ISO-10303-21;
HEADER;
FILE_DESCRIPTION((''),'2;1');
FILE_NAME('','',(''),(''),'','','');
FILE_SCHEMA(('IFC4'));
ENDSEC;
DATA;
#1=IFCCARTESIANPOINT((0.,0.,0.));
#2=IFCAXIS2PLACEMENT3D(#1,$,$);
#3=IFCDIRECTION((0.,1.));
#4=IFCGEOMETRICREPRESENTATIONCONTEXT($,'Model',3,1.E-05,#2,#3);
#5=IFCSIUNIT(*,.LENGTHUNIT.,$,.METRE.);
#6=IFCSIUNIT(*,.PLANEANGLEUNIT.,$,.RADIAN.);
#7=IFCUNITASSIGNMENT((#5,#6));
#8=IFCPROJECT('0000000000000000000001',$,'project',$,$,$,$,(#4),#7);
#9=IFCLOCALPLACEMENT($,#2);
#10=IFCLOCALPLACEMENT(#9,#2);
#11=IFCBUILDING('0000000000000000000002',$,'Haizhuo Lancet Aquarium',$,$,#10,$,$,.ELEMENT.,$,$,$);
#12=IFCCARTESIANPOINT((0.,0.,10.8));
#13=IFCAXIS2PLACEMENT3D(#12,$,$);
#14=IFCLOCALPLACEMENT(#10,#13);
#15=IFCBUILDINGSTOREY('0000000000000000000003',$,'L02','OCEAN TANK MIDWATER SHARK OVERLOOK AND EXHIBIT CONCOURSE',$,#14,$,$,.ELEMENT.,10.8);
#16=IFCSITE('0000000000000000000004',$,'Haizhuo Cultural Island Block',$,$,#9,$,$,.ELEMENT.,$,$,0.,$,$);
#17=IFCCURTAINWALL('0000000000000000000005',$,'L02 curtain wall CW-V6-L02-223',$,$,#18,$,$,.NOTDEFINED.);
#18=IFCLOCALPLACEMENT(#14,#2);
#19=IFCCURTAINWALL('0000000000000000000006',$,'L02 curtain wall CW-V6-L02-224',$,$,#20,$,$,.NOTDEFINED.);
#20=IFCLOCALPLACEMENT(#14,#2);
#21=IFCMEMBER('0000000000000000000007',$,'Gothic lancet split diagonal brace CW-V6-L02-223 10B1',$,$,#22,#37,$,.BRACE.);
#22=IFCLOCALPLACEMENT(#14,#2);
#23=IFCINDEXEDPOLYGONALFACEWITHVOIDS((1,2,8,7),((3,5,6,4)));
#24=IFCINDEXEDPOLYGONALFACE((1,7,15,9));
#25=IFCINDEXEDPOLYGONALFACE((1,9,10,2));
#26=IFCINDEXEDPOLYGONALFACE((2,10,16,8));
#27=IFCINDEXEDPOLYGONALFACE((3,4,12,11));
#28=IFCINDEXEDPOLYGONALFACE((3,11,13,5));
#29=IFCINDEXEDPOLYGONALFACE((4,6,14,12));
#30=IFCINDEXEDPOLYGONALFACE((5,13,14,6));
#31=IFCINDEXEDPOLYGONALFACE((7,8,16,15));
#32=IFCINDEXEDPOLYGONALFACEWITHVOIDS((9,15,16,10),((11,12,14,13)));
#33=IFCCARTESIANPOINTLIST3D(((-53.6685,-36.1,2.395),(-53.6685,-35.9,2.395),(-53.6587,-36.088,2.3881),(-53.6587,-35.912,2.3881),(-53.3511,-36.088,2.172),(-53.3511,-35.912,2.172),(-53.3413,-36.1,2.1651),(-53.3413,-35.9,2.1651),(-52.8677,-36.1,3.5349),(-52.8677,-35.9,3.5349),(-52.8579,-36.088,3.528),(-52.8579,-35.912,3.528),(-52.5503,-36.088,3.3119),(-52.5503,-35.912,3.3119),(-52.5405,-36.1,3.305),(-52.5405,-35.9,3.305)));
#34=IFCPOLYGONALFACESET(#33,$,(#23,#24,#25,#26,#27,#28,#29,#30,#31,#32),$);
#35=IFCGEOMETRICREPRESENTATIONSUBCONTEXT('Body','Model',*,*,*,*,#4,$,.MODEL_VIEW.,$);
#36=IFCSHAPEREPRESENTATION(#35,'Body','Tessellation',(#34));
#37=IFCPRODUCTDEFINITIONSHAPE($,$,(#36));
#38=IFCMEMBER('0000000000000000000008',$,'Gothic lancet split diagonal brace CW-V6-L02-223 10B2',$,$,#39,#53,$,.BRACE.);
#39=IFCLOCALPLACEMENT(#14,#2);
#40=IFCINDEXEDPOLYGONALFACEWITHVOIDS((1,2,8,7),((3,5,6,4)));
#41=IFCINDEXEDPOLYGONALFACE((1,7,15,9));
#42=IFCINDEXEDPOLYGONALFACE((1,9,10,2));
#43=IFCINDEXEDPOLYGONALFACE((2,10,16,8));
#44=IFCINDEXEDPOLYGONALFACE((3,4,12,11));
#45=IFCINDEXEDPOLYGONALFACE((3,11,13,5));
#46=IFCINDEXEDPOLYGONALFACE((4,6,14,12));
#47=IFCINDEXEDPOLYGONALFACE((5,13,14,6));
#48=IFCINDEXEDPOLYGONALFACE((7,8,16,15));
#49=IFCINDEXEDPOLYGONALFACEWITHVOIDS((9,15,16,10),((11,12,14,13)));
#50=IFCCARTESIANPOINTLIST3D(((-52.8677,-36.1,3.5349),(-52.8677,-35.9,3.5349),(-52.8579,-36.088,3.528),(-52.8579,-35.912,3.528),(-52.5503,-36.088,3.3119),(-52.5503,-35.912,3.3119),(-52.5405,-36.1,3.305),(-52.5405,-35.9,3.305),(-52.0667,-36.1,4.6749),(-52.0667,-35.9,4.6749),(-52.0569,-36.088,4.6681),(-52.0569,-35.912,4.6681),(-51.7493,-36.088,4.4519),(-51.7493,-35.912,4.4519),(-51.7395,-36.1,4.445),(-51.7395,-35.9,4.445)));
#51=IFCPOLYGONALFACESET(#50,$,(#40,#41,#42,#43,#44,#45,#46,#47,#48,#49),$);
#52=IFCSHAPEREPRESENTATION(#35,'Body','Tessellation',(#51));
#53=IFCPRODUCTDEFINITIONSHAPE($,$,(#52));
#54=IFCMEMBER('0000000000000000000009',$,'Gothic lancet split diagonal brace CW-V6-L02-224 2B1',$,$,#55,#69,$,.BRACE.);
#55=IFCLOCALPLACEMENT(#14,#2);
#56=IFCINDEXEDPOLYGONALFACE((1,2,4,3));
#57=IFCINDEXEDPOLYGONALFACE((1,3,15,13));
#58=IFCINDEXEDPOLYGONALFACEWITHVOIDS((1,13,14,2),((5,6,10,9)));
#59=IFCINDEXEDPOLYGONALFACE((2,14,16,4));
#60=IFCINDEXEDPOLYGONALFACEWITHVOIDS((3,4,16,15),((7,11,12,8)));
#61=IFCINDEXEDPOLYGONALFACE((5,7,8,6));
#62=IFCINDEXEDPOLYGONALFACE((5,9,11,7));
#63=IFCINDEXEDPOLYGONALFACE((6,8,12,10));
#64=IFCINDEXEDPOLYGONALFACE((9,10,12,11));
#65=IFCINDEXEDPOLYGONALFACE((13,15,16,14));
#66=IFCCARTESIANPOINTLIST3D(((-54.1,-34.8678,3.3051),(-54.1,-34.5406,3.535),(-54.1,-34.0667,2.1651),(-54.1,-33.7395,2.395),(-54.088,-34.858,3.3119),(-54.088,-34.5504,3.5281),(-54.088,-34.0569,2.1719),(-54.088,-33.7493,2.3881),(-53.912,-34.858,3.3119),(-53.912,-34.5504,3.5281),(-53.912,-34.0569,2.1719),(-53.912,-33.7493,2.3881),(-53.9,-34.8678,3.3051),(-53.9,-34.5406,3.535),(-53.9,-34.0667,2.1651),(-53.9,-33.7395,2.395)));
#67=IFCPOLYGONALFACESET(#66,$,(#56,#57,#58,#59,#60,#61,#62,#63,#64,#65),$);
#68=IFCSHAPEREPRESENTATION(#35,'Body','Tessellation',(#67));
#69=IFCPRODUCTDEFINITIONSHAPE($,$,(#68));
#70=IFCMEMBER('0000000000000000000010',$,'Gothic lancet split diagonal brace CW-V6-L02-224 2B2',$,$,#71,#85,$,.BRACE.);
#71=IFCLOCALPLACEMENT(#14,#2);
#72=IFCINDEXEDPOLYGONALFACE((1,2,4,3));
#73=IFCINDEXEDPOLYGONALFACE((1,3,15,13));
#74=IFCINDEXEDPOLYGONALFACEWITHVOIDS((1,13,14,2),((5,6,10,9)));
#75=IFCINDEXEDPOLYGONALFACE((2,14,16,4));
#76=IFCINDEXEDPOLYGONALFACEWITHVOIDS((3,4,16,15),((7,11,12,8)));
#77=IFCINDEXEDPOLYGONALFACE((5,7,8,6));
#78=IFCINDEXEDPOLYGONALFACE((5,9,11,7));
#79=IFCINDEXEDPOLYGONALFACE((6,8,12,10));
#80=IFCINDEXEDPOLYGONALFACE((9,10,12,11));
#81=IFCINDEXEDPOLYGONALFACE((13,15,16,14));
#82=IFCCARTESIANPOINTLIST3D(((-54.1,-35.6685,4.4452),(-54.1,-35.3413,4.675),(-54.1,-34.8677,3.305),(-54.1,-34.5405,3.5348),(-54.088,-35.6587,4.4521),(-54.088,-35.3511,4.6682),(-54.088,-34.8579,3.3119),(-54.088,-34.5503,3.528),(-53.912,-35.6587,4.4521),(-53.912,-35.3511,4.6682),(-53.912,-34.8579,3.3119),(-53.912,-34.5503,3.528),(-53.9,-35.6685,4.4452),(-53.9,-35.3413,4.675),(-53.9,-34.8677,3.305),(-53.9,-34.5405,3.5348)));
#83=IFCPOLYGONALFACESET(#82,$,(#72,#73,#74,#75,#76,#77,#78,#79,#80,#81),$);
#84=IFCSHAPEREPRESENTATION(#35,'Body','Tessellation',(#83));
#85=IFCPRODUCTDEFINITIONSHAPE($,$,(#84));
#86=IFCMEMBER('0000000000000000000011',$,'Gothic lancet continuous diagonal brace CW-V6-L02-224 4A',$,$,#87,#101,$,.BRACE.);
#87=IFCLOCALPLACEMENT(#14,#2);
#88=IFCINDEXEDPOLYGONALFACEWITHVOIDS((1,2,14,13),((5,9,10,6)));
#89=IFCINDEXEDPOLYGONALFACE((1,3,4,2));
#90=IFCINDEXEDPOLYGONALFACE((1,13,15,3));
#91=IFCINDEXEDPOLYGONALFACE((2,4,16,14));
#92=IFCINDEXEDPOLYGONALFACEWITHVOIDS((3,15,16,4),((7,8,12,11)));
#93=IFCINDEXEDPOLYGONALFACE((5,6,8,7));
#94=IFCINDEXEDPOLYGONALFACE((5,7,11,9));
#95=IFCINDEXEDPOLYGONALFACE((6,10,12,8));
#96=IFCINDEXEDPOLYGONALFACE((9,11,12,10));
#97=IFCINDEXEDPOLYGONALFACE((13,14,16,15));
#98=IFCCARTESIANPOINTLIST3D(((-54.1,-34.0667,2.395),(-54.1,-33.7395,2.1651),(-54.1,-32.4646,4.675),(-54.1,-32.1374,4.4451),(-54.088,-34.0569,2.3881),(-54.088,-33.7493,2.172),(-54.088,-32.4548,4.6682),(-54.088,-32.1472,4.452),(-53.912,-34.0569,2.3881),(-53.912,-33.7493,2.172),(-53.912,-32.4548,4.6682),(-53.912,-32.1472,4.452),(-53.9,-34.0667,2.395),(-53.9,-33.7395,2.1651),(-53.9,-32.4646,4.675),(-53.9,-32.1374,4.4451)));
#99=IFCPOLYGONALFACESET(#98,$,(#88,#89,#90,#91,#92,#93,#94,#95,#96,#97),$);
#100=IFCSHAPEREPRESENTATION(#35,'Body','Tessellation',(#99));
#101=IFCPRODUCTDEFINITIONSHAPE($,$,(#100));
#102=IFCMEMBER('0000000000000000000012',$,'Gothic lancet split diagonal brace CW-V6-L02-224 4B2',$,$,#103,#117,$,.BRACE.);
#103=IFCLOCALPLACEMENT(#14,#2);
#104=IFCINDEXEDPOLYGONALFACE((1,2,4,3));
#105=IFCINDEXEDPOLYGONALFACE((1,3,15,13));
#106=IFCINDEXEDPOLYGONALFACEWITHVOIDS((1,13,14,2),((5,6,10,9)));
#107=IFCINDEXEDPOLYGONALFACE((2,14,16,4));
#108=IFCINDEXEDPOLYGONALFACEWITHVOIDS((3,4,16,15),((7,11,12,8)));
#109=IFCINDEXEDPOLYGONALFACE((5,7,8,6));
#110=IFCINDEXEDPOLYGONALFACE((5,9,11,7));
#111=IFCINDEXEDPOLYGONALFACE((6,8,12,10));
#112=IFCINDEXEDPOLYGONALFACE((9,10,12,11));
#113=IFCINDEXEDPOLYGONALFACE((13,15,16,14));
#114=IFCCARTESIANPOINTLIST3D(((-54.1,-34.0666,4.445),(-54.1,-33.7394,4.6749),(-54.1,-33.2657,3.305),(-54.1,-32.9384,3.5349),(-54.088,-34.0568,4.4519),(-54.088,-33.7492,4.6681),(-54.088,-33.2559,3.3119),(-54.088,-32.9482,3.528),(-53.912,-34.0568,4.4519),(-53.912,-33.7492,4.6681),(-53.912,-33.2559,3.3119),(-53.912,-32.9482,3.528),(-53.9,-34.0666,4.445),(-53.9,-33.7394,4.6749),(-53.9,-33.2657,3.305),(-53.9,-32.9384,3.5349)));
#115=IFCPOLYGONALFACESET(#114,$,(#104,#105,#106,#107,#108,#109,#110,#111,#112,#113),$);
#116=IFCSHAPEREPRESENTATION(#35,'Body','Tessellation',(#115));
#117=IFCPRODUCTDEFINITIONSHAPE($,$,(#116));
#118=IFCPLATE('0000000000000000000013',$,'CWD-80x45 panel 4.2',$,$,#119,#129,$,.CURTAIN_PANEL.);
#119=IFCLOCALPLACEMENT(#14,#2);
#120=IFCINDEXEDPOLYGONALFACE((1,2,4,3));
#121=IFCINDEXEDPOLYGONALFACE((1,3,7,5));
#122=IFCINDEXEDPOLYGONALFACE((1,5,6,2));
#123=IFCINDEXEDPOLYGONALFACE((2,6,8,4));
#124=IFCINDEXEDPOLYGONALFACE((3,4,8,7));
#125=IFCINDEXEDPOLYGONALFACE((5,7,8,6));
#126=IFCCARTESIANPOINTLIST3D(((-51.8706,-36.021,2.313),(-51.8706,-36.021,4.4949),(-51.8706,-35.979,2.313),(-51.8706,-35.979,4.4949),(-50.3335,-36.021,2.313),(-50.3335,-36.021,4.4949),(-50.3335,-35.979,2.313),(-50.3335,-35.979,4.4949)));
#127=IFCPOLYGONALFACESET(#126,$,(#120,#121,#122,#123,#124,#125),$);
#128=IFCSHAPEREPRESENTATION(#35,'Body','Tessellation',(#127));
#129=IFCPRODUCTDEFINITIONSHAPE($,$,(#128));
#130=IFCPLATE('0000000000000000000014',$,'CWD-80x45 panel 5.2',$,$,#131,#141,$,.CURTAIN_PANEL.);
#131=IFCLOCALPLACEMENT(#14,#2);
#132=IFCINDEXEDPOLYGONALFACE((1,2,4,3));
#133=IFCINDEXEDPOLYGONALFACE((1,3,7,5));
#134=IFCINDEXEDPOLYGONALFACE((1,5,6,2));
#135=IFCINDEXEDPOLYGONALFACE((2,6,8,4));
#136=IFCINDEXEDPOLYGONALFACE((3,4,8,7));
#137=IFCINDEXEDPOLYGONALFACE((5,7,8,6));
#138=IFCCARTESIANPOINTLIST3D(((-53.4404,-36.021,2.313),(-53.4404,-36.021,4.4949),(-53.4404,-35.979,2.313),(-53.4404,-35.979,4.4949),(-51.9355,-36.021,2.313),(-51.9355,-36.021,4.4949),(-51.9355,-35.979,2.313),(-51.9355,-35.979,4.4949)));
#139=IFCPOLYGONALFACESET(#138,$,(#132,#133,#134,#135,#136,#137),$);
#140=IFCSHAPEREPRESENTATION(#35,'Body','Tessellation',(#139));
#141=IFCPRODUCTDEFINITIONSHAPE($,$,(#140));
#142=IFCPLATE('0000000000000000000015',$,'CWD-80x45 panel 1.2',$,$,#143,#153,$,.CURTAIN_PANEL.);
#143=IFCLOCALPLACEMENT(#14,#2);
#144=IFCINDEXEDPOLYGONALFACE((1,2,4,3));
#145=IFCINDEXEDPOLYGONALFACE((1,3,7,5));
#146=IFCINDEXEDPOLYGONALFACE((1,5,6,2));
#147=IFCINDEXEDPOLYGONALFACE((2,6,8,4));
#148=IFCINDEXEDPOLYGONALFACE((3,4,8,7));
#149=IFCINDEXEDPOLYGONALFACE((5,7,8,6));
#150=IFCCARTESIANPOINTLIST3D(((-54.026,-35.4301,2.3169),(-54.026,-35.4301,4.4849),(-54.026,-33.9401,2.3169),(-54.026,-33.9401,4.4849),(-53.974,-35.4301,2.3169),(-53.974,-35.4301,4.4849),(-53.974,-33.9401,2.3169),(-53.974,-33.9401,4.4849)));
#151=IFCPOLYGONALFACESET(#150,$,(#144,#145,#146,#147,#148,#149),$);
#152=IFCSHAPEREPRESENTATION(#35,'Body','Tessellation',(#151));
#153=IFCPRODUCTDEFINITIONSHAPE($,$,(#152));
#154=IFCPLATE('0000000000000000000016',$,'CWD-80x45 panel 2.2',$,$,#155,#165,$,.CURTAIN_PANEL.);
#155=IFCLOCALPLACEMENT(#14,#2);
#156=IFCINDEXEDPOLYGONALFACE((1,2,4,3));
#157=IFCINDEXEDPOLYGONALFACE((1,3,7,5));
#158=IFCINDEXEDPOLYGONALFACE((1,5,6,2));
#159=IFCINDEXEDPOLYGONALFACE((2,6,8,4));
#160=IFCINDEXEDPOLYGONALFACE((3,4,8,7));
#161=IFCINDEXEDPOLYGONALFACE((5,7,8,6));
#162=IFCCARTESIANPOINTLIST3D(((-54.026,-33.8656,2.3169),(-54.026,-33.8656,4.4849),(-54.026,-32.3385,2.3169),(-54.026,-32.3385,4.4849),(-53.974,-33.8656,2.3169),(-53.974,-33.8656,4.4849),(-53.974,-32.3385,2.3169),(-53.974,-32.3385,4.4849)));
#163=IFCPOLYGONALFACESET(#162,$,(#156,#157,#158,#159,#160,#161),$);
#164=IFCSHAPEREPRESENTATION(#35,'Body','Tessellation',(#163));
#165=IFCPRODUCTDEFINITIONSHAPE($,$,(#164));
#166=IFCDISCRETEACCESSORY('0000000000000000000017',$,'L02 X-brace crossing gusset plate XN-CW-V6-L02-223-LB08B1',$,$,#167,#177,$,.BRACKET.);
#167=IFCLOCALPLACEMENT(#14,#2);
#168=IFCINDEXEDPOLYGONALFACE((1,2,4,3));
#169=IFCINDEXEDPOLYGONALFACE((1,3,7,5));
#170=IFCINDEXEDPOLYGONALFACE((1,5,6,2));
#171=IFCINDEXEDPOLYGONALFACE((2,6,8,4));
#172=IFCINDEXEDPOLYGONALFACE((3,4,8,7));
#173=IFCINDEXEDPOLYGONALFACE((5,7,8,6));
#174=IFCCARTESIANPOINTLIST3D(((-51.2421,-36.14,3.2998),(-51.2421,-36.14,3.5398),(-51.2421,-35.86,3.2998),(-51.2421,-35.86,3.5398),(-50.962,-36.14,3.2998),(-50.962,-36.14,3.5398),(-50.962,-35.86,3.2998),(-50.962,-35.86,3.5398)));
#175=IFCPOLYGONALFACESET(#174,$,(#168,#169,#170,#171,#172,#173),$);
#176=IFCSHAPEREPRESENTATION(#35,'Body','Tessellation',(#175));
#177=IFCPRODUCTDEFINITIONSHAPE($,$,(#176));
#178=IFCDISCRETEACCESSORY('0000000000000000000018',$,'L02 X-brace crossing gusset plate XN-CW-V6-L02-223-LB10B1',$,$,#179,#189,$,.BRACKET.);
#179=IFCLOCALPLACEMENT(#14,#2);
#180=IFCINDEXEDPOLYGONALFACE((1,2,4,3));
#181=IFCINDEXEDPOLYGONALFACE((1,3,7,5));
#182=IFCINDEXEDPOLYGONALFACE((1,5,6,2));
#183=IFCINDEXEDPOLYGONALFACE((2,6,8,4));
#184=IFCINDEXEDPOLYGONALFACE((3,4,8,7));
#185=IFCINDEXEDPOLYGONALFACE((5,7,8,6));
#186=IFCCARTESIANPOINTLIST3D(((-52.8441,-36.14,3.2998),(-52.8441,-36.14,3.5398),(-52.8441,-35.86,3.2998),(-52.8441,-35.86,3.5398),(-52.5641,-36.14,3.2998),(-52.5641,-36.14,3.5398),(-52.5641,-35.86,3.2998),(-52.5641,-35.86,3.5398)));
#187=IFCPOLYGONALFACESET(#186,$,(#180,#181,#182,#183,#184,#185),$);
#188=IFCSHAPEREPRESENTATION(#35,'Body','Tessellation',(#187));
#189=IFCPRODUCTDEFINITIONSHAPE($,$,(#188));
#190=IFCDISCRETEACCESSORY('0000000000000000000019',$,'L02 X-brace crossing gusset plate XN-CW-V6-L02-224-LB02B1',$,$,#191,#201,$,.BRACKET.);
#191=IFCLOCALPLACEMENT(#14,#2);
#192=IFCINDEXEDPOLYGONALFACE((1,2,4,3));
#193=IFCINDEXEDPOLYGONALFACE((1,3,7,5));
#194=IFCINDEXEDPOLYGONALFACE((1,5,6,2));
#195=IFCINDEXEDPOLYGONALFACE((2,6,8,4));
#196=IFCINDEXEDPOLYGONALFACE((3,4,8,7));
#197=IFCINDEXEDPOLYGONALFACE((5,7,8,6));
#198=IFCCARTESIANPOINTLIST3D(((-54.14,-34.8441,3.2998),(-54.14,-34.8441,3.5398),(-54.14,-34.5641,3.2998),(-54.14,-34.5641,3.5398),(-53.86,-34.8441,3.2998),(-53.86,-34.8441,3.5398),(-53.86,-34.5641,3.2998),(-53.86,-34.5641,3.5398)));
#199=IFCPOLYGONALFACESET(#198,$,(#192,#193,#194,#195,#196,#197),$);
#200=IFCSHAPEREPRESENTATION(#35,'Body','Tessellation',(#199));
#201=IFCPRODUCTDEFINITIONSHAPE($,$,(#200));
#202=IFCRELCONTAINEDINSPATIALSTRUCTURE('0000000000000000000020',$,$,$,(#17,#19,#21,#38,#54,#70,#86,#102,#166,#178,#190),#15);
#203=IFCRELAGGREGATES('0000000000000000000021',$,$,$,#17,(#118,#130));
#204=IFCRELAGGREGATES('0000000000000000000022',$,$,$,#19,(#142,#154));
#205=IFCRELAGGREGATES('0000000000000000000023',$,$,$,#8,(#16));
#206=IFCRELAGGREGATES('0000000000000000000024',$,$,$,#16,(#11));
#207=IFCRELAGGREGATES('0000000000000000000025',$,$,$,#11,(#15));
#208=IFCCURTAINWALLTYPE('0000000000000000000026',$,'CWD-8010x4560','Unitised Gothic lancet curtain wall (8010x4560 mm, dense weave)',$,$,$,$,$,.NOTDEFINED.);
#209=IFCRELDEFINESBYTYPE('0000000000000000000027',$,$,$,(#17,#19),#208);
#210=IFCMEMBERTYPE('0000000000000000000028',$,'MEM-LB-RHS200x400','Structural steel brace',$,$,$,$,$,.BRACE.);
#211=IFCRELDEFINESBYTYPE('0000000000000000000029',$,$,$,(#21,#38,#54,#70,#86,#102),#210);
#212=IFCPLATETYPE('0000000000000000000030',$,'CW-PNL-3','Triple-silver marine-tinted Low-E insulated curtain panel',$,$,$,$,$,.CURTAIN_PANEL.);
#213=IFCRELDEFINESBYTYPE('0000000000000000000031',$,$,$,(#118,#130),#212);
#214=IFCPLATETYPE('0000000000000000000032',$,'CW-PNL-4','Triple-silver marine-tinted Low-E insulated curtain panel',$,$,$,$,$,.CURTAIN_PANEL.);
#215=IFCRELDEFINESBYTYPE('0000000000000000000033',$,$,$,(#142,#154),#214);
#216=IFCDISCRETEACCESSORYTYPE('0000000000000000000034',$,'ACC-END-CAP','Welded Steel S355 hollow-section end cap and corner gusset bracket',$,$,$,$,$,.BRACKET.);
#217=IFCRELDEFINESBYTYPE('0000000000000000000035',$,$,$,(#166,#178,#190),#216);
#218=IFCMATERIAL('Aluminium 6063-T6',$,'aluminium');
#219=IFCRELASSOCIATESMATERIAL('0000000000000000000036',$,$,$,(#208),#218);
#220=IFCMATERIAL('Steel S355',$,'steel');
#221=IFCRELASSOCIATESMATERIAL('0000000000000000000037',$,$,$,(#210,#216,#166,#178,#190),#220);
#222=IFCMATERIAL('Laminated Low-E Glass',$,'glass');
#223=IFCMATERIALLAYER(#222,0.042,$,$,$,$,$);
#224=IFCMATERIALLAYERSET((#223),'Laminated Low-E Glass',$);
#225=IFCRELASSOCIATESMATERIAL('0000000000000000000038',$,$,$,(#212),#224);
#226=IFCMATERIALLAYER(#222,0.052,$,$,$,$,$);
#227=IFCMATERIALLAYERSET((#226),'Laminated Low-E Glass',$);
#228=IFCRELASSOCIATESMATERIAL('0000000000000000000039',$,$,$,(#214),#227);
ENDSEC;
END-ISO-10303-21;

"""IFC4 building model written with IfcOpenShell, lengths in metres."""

from ifc_helpers import new_model, si_unit, direction, frame, origin, origin_2d, place, context, subcontext, project, spatial, rectangle, hollow_rectangle, extrude, material, layer, layer_set, material_profile, profile_set, type_object, element, aggregate, save


model = new_model("IFC4")

# Units and contexts
model_context = context("Model", 3, precision=1e-05, world=origin(), true_north=direction((0.0, 1.0)))
body_context = subcontext(model_context, "Body", "Model", "MODEL_VIEW")
ifc_project = project(units=[si_unit("LENGTHUNIT", "METRE"), si_unit("PLANEANGLEUNIT", "RADIAN")], contexts=[model_context])

# Site, building, storey
site_placement = place(None, origin())
site = spatial("IfcSite", under=ifc_project, at=site_placement, Name="Haizhuo Cultural Island Block", CompositionType="ELEMENT", RefElevation=0.0)
building_placement = place(site_placement, origin())
building = spatial("IfcBuilding", under=site, at=building_placement, Name="Haizhuo Lancet Aquarium", CompositionType="ELEMENT")
storey_placement = place(building_placement, frame((0.0, 0.0, 10.8)))
storey = spatial("IfcBuildingStorey", under=building, at=storey_placement, Name="L02", Description="OCEAN TANK MIDWATER SHARK OVERLOOK AND EXHIBIT CONCOURSE", CompositionType="ELEMENT", Elevation=10.8)

# Curtain walls
ifc_material_1 = material(Name="Aluminium 6063-T6", Category="aluminium")
curtain_wall_type = type_object("IfcCurtainWallType", Name="CWD-8010x4560", Description="Unitised Gothic lancet curtain wall (8010x4560 mm, dense weave)", PredefinedType="NOTDEFINED", material=ifc_material_1)
curtain_wall_1_placement = place(storey_placement, origin())
curtain_wall_1 = element("IfcCurtainWall", 1, at=curtain_wall_1_placement, inside=storey, type_object=curtain_wall_type, Name="L02 curtain wall CW-V6-L02-223", PredefinedType="NOTDEFINED")
curtain_wall_2_placement = place(storey_placement, origin())
curtain_wall_2 = element("IfcCurtainWall", 2, at=curtain_wall_2_placement, inside=storey, type_object=curtain_wall_type, Name="L02 curtain wall CW-V6-L02-224", PredefinedType="NOTDEFINED")

# Members
ifc_material_2 = material(Name="Steel S355", Category="steel")
ifc_material_profile_1 = material_profile(ifc_material_2, hollow_rectangle(XDim=0.2, YDim=0.3999, WallThickness=0.012, at=origin_2d()), Name="RHS 200x400x12")
ifc_profile_set_1 = profile_set([ifc_material_profile_1], Name="Steel S355")
member_type_1 = type_object("IfcMemberType", Name="MEM-LB-RHS200x400", Description="Structural steel brace", PredefinedType="BRACE", material=ifc_profile_set_1)
member_1_placement = place(storey_placement, frame((-53.5049, -36.0, 2.28), z_axis=(0.574838, 0.0, 0.818267), x_axis=(0.0, 1.0, 0.0)))
element("IfcMember", 3, at=member_1_placement, inside=storey, type_object=member_type_1, Name="Gothic lancet split diagonal brace CW-V6-L02-223 10B1", PredefinedType="BRACE", context=body_context, shape_type="SweptSolid", body=[
    extrude(hollow_rectangle(XDim=0.2, YDim=0.3999, WallThickness=0.012, at=origin_2d()), origin(), (0.0, 0.0, 1.0), 1.3931),
])
for number, where, z_axis, x_axis, name in (
    (4, (-52.7041, -36.0, 3.4199), (0.574873, 0.0, 0.818243), (0.0, 1.0, 0.0), "Gothic lancet split diagonal brace CW-V6-L02-223 10B2"),
    (5, (-54.0, -33.9031, 2.28), (0.0, -0.574955, 0.818185), (1.0, 0.0, 0.0), "Gothic lancet split diagonal brace CW-V6-L02-224 2B1"),
    (6, (-54.0, -34.7041, 3.4199), (0.0, -0.574755, 0.818325), (1.0, 0.0, 0.0), "Gothic lancet split diagonal brace CW-V6-L02-224 2B2"),
):
    element("IfcMember", number, at=place(storey_placement, frame(where, z_axis=z_axis, x_axis=x_axis)), inside=storey, type_object=member_type_1, Name=name, PredefinedType="BRACE", context=body_context, shape_type="SweptSolid", body=[
        extrude(hollow_rectangle(XDim=0.2, YDim=0.3999, WallThickness=0.012, at=origin_2d()), origin(), (0.0, 0.0, 1.0), 1.3933),
    ])
member_2_placement = place(storey_placement, frame((-54.0, -33.9031, 2.28), z_axis=(0.0, 0.574914, 0.818214), x_axis=(-1.0, 0.0, 0.0)))
element("IfcMember", 7, at=member_2_placement, inside=storey, type_object=member_type_1, Name="Gothic lancet continuous diagonal brace CW-V6-L02-224 4A", PredefinedType="BRACE", context=body_context, shape_type="SweptSolid", body=[
    extrude(hollow_rectangle(XDim=0.2, YDim=0.3999, WallThickness=0.012, at=origin_2d()), origin(), (0.0, 0.0, 1.0), 2.7866),
])
member_3_placement = place(storey_placement, frame((-54.0, -33.1021, 3.4199), z_axis=(0.0, -0.574873, 0.818243), x_axis=(1.0, 0.0, 0.0)))
element("IfcMember", 8, at=member_3_placement, inside=storey, type_object=member_type_1, Name="Gothic lancet split diagonal brace CW-V6-L02-224 4B2", PredefinedType="BRACE", context=body_context, shape_type="SweptSolid", body=[
    extrude(hollow_rectangle(XDim=0.2, YDim=0.3999, WallThickness=0.012, at=origin_2d()), origin(), (0.0, 0.0, 1.0), 1.3933),
])

# Plates
ifc_material_3 = material(Name="Laminated Low-E Glass", Category="glass")
ifc_layer_1 = layer(ifc_material_3, 0.042)
ifc_layer_set_1 = layer_set([ifc_layer_1], Name="Laminated Low-E Glass")
plate_type_1 = type_object("IfcPlateType", Name="CW-PNL-3", Description="Triple-silver marine-tinted Low-E insulated curtain panel", PredefinedType="CURTAIN_PANEL", material=ifc_layer_set_1)
plate_1_placement = place(storey_placement, frame((-51.1021, -36.0, 2.313), z_axis=(0.0, 0.0, 1.0), x_axis=(-1.0, 0.0, 0.0)))
plate_1 = element("IfcPlate", 9, at=plate_1_placement, type_object=plate_type_1, Name="CWD-80x45 panel 4.2", PredefinedType="CURTAIN_PANEL", context=body_context, shape_type="SweptSolid", body=[
    extrude(rectangle(XDim=1.5371, YDim=0.042, at=origin_2d()), origin(), (0.0, 0.0, 1.0), 2.1819),
])
plate_2_placement = place(storey_placement, frame((-52.688, -36.0, 2.313), z_axis=(0.0, 0.0, 1.0), x_axis=(-1.0, 0.0, 0.0)))
plate_2 = element("IfcPlate", 10, at=plate_2_placement, type_object=plate_type_1, Name="CWD-80x45 panel 5.2", PredefinedType="CURTAIN_PANEL", context=body_context, shape_type="SweptSolid", body=[
    extrude(rectangle(XDim=1.5049, YDim=0.042, at=origin_2d()), origin(), (0.0, 0.0, 1.0), 2.1819),
])
aggregate(curtain_wall_1, [plate_1, plate_2])
ifc_layer_2 = layer(ifc_material_3, 0.052)
ifc_layer_set_2 = layer_set([ifc_layer_2], Name="Laminated Low-E Glass")
plate_type_2 = type_object("IfcPlateType", Name="CW-PNL-4", Description="Triple-silver marine-tinted Low-E insulated curtain panel", PredefinedType="CURTAIN_PANEL", material=ifc_layer_set_2)
plate_3_placement = place(storey_placement, frame((-54.0, -34.6851, 2.3169), z_axis=(0.0, 0.0, 1.0), x_axis=(0.0, 1.0, 0.0)))
plate_3 = element("IfcPlate", 11, at=plate_3_placement, type_object=plate_type_2, Name="CWD-80x45 panel 1.2", PredefinedType="CURTAIN_PANEL", context=body_context, shape_type="SweptSolid", body=[
    extrude(rectangle(XDim=1.49, YDim=0.052, at=origin_2d()), origin(), (0.0, 0.0, 1.0), 2.168),
])
plate_4_placement = place(storey_placement, frame((-54.0, -33.1021, 2.3169), z_axis=(0.0, 0.0, 1.0), x_axis=(0.0, 1.0, 0.0)))
plate_4 = element("IfcPlate", 12, at=plate_4_placement, type_object=plate_type_2, Name="CWD-80x45 panel 2.2", PredefinedType="CURTAIN_PANEL", context=body_context, shape_type="SweptSolid", body=[
    extrude(rectangle(XDim=1.5271, YDim=0.052, at=origin_2d()), origin(), (0.0, 0.0, 1.0), 2.168),
])
aggregate(curtain_wall_2, [plate_3, plate_4])

# Discrete accessories
discrete_accessory_type = type_object("IfcDiscreteAccessoryType", Name="ACC-END-CAP", Description="Welded Steel S355 hollow-section end cap and corner gusset bracket", PredefinedType="BRACKET", material=ifc_material_2)
for number, where, z_axis, x_axis, name in (
    (13, (-51.1021, -36.0, 3.2998), (0.0, 0.0, 1.0), (1.0, 0.0, 0.0), "L02 X-brace crossing gusset plate XN-CW-V6-L02-223-LB08B1"),
    (14, (-52.7041, -36.0, 3.2998), (0.0, 0.0, 1.0), (1.0, 0.0, 0.0), "L02 X-brace crossing gusset plate XN-CW-V6-L02-223-LB10B1"),
    (15, (-54.0, -34.7041, 3.2998), (0.0, 0.0, 1.0), (1.0, 0.0, 0.0), "L02 X-brace crossing gusset plate XN-CW-V6-L02-224-LB02B1"),
):
    element("IfcDiscreteAccessory", number, at=place(storey_placement, frame(where, z_axis=z_axis, x_axis=x_axis)), inside=storey, type_object=discrete_accessory_type, material=ifc_material_2, Name=name, PredefinedType="BRACKET", context=body_context, shape_type="SweptSolid", body=[
        extrude(rectangle(XDim=0.28, YDim=0.28, at=origin_2d()), origin(), (0.0, 0.0, 1.0), 0.24),
    ])

save(model, "model.ifc")
